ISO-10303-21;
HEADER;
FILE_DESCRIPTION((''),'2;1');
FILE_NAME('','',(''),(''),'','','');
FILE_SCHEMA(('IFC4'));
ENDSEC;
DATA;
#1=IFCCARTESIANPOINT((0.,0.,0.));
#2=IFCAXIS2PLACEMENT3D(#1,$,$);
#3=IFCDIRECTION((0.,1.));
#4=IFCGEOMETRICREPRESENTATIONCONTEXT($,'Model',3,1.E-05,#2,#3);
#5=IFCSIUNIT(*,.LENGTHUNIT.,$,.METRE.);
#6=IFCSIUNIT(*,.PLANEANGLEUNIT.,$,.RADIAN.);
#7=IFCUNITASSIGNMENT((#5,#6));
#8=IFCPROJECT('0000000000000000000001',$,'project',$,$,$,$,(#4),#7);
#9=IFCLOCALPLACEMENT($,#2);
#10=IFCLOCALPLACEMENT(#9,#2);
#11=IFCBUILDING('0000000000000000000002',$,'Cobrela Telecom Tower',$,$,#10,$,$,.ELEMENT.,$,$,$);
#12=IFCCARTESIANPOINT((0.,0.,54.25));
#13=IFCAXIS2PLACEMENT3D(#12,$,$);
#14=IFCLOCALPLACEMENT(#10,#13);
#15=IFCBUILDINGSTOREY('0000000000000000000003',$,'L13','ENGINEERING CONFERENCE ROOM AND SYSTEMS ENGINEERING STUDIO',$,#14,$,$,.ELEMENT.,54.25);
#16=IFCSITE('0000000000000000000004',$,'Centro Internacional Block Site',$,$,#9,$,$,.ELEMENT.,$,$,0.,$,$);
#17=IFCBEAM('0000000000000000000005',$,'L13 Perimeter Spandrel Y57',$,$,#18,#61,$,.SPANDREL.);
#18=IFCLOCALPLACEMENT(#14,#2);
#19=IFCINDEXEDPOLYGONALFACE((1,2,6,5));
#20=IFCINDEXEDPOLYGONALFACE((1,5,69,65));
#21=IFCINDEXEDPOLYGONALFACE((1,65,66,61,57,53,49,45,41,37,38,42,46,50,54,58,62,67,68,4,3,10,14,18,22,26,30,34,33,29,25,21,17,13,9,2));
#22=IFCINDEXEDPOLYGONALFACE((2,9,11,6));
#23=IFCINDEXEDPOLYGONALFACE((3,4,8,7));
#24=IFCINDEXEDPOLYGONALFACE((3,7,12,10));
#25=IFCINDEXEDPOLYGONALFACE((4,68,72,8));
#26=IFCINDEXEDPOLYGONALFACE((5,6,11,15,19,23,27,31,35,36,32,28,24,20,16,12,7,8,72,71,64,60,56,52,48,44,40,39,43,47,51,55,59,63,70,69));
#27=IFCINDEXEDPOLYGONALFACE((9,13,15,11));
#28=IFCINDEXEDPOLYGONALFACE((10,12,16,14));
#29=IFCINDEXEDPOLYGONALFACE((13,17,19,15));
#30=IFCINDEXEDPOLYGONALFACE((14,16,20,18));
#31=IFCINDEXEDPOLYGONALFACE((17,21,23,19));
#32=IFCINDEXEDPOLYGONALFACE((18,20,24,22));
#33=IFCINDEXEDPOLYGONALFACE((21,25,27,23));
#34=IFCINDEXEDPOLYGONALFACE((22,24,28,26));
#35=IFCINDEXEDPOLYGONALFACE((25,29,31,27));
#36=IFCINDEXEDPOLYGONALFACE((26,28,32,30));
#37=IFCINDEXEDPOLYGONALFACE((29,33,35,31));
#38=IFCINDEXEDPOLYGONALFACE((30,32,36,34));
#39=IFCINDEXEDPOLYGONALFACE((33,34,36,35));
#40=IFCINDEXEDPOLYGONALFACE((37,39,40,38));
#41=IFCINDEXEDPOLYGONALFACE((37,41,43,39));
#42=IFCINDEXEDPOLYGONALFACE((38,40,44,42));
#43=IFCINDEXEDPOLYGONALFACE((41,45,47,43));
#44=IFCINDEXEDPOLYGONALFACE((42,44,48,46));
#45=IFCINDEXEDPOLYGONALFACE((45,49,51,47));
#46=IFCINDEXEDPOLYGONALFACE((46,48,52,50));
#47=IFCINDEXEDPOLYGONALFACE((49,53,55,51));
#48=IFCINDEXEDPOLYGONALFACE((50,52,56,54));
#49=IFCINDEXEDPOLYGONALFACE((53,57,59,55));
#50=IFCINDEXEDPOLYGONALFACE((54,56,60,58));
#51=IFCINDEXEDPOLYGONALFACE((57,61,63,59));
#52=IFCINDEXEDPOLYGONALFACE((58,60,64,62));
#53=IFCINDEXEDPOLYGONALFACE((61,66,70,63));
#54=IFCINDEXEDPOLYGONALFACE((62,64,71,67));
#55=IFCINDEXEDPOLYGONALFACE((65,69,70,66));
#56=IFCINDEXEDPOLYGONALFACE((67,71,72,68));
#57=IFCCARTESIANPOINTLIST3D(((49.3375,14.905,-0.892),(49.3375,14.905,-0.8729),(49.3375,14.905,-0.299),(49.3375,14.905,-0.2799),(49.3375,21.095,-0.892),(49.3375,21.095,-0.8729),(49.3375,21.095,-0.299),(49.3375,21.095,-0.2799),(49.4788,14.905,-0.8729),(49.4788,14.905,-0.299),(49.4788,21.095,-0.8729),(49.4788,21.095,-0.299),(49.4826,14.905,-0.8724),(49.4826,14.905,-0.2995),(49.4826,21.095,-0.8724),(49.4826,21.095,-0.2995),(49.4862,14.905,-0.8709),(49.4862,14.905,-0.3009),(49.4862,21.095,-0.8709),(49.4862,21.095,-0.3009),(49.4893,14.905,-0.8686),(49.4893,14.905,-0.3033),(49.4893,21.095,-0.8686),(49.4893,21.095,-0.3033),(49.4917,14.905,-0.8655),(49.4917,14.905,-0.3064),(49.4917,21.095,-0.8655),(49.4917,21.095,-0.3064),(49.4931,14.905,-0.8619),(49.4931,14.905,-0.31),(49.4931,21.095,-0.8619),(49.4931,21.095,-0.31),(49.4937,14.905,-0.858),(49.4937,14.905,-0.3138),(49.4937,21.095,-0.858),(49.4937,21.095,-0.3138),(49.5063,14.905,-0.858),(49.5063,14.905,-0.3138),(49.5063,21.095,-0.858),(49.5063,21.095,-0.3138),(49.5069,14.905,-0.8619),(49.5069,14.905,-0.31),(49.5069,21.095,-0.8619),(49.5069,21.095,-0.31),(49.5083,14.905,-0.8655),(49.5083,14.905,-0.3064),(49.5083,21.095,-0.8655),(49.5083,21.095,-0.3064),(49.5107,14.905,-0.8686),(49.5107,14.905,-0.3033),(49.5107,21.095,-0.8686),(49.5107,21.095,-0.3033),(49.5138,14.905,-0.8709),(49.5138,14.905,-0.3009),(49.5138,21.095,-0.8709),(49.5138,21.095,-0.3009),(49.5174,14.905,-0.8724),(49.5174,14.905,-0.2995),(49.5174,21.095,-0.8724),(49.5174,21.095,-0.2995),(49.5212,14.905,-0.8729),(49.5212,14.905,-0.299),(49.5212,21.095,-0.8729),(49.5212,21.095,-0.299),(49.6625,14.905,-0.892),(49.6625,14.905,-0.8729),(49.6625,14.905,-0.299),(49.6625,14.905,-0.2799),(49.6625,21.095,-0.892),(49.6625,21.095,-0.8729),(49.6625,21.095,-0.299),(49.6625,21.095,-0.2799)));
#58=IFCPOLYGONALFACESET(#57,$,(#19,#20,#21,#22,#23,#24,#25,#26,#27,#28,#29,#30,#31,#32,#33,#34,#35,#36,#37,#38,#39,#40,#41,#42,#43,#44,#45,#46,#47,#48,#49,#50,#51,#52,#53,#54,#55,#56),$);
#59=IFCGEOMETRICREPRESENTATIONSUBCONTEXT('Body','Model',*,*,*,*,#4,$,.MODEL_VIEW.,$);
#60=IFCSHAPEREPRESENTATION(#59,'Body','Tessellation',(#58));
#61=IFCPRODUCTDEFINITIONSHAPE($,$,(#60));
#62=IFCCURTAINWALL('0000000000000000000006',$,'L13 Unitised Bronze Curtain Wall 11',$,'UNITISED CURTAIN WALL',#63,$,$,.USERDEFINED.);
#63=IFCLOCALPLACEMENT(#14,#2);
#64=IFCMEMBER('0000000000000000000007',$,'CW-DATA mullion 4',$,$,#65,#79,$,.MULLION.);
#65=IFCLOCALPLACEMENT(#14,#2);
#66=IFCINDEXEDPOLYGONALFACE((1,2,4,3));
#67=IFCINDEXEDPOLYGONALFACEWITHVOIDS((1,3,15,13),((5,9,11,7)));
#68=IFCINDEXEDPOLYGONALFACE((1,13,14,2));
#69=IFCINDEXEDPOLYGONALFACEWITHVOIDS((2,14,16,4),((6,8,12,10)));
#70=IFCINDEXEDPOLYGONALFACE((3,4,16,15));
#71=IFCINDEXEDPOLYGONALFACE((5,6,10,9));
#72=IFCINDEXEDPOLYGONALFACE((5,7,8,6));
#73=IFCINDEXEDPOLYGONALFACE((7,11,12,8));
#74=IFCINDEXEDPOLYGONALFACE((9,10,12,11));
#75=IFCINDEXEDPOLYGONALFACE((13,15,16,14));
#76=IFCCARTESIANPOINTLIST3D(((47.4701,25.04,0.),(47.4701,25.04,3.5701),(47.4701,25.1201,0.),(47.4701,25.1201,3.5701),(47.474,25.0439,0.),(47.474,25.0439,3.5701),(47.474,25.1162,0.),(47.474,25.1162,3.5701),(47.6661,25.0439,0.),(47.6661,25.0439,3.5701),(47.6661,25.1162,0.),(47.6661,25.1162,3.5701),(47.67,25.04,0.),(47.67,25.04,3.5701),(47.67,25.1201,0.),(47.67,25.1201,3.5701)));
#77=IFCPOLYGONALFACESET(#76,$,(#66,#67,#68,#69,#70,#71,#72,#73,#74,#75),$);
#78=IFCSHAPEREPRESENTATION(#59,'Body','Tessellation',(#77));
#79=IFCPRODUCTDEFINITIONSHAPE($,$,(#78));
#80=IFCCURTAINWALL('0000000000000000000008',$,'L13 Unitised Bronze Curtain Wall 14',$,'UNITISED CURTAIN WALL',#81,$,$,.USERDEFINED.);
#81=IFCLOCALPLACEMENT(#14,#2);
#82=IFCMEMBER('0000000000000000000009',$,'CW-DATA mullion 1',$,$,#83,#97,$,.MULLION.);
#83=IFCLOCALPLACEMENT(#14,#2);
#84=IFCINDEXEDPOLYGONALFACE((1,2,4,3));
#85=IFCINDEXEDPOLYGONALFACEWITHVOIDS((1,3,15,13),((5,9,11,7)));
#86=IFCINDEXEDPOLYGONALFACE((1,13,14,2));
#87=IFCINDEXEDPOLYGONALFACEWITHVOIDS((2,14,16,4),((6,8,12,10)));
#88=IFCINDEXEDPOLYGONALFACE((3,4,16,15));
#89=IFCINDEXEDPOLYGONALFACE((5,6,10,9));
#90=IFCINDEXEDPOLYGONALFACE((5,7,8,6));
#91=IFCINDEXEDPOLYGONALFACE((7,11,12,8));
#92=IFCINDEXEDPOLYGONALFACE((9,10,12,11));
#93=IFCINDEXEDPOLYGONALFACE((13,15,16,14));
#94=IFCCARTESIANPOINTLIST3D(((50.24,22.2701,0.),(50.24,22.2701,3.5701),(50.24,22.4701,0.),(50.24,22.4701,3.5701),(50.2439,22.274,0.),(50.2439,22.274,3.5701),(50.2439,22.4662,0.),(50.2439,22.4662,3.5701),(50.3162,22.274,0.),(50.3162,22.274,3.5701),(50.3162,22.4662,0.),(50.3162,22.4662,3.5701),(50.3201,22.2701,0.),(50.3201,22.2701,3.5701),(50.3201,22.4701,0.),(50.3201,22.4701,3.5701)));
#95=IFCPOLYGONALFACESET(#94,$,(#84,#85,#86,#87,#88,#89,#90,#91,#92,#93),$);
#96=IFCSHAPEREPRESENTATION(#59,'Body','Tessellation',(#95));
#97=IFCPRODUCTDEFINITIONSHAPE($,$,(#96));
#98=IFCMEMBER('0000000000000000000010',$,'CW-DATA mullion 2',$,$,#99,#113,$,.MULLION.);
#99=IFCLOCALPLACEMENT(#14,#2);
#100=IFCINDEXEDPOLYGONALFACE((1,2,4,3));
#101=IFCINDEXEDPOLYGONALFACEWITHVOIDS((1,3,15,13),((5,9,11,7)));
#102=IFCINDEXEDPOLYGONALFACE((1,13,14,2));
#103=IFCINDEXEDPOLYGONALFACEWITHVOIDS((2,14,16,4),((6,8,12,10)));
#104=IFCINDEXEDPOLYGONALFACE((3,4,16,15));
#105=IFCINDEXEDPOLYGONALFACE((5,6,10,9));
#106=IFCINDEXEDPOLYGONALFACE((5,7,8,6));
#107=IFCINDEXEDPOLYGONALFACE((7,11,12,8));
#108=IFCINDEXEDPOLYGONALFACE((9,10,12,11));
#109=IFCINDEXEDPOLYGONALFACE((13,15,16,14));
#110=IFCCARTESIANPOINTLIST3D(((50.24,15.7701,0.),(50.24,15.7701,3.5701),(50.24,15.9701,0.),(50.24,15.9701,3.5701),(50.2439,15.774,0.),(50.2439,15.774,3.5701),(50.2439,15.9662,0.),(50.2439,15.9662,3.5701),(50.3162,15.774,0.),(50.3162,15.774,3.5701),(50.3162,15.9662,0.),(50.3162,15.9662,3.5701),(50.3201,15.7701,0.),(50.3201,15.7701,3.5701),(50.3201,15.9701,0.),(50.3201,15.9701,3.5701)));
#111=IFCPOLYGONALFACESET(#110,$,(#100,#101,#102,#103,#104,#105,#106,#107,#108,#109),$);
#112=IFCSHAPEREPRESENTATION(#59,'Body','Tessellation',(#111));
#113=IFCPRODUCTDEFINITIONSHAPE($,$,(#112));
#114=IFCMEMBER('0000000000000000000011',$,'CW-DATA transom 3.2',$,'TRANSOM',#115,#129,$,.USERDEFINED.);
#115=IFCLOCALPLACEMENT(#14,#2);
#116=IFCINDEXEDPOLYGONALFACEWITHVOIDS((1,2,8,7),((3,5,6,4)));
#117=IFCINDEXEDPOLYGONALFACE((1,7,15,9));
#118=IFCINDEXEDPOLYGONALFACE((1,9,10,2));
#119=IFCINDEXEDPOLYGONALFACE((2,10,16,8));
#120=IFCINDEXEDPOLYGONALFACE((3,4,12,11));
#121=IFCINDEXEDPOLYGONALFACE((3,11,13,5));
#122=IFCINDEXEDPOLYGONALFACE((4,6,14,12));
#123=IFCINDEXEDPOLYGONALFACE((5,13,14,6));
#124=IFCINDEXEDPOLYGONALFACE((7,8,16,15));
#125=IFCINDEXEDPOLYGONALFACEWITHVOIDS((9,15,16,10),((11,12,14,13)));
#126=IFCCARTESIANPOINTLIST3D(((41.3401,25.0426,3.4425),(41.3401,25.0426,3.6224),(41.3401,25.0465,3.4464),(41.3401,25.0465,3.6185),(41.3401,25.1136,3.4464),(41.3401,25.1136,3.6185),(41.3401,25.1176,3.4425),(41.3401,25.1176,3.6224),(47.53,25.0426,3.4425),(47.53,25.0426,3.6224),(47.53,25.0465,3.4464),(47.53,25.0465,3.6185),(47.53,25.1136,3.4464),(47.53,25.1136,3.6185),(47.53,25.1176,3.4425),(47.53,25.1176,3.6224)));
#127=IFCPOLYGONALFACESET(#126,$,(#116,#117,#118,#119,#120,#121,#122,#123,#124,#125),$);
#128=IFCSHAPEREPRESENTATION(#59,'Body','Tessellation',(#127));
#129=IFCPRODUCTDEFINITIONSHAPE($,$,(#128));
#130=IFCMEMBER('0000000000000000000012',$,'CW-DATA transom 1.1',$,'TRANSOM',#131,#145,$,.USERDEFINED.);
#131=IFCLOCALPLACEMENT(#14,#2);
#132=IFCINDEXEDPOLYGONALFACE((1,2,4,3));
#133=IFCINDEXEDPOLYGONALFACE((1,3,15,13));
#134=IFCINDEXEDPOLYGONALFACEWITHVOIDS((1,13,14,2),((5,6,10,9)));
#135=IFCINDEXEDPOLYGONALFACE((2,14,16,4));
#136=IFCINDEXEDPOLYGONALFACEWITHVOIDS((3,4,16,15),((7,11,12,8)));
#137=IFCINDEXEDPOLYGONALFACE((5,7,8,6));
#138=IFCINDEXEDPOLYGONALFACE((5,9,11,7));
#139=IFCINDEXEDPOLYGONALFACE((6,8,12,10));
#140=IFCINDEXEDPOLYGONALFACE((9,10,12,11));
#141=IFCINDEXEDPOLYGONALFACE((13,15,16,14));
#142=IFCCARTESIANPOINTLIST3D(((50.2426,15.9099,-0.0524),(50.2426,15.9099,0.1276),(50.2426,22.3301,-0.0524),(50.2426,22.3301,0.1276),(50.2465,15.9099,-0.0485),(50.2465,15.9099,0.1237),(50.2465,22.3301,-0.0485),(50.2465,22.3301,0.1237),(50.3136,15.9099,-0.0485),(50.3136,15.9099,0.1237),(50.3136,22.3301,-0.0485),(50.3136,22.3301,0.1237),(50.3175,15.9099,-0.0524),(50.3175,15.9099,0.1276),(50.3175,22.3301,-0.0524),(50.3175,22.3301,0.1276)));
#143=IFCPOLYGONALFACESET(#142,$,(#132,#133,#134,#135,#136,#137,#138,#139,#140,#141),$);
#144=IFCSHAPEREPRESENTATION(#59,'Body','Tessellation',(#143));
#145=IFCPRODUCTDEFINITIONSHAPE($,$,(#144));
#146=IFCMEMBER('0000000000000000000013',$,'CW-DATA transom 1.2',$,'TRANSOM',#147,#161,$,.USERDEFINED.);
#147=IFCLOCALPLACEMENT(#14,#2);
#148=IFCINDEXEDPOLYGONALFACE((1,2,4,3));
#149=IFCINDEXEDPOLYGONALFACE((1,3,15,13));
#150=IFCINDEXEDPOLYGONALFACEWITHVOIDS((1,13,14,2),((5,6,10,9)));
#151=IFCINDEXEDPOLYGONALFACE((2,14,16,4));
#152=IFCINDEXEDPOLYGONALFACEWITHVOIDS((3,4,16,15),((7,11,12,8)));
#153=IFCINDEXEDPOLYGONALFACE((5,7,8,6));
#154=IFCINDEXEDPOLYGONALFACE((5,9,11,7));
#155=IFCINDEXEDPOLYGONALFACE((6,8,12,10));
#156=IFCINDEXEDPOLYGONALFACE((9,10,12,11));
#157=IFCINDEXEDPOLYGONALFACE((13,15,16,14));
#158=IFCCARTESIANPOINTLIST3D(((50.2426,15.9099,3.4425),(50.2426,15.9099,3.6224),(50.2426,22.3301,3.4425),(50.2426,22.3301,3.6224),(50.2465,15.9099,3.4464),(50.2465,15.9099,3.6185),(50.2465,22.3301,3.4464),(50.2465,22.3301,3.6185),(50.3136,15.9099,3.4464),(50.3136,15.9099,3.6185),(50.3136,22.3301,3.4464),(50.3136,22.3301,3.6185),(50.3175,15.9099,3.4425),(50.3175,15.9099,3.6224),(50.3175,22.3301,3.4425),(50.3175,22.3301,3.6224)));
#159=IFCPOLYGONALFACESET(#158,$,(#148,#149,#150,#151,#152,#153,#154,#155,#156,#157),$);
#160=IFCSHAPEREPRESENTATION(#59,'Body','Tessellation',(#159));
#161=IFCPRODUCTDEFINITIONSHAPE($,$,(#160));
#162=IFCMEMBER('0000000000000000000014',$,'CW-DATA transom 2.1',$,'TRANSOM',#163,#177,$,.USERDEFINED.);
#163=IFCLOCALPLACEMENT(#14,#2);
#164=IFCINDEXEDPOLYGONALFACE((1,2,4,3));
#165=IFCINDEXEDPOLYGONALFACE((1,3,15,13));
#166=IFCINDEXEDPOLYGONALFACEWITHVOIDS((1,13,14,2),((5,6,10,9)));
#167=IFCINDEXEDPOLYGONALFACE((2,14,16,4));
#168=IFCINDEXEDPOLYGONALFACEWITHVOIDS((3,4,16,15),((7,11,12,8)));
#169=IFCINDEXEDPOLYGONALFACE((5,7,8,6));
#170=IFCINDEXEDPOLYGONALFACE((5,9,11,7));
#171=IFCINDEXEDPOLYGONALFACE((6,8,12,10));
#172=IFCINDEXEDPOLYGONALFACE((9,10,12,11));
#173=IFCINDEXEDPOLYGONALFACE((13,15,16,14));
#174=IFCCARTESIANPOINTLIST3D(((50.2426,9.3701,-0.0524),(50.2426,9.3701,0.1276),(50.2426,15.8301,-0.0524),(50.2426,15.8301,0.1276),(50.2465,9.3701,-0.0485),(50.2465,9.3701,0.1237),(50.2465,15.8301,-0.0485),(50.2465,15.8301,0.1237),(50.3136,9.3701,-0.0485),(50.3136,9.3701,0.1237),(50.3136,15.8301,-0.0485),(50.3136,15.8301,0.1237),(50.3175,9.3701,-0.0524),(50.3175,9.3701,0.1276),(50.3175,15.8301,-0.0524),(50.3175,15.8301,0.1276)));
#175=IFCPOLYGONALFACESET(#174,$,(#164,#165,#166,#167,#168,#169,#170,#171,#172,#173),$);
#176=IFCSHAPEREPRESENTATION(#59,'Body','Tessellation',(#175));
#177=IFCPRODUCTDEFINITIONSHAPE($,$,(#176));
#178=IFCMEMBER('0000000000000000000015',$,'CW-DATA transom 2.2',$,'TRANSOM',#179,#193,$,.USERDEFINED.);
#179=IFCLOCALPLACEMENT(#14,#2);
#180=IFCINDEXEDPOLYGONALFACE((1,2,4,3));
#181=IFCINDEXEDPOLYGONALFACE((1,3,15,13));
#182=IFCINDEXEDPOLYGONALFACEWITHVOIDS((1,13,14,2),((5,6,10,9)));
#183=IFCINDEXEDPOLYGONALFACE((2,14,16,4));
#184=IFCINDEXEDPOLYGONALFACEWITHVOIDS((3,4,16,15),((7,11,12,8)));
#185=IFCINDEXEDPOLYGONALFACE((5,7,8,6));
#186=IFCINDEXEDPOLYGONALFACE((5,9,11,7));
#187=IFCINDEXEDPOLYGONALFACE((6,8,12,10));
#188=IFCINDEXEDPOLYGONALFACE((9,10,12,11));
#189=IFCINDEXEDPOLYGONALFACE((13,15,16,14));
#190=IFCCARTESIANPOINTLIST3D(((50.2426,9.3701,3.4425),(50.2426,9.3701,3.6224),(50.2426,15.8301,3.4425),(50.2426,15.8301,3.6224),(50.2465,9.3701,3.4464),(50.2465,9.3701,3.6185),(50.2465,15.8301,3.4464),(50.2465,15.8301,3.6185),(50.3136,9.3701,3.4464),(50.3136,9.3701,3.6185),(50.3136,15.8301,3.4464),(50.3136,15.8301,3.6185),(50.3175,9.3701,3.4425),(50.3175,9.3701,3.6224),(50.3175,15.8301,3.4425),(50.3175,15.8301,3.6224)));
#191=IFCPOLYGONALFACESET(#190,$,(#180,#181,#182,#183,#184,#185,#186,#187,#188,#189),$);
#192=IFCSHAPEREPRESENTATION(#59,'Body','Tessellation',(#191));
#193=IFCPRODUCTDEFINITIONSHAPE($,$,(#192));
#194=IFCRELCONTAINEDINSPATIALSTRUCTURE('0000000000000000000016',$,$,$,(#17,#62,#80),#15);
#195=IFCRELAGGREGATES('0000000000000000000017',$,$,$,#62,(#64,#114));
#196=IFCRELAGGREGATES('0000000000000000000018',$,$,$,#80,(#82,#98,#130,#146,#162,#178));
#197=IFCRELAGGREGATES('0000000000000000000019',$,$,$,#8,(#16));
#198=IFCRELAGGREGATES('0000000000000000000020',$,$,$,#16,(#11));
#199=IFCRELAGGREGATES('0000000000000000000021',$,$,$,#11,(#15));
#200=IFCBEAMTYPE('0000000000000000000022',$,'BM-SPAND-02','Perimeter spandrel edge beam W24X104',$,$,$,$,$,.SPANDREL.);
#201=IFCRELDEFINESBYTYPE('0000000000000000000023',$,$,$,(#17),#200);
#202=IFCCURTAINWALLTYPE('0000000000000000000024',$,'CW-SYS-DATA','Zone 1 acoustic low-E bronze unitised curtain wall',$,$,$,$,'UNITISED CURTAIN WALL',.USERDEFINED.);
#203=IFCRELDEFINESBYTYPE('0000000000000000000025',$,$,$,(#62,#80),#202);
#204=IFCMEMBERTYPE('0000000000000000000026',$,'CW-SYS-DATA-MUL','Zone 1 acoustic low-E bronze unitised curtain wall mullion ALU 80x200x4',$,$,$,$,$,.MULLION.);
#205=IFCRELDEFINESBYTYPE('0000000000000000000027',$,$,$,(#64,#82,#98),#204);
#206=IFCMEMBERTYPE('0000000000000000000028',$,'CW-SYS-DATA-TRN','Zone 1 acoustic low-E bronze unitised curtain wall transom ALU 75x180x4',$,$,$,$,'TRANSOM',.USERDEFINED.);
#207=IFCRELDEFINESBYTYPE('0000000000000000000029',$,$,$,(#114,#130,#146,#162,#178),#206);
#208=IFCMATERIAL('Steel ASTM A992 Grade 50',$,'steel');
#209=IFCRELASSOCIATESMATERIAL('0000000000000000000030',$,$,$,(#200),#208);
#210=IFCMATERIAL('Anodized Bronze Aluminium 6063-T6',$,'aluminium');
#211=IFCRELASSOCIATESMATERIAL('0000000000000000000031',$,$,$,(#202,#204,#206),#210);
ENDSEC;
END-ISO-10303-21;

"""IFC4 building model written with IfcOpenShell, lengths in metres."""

from ifc_helpers import new_model, si_unit, direction, frame, origin, origin_2d, place, context, subcontext, project, spatial, hollow_rectangle, i_section, extrude, material, material_profile, profile_set, type_object, element, aggregate, save


model = new_model("IFC4")

# Units and contexts
model_context = context("Model", 3, precision=1e-05, world=origin(), true_north=direction((0.0, 1.0)))
body_context = subcontext(model_context, "Body", "Model", "MODEL_VIEW")
ifc_project = project(units=[si_unit("LENGTHUNIT", "METRE"), si_unit("PLANEANGLEUNIT", "RADIAN")], contexts=[model_context])

# Site, building, storey
site_placement = place(None, origin())
site = spatial("IfcSite", under=ifc_project, at=site_placement, Name="Centro Internacional Block Site", CompositionType="ELEMENT", RefElevation=0.0)
building_placement = place(site_placement, origin())
building = spatial("IfcBuilding", under=site, at=building_placement, Name="Cobrela Telecom Tower", CompositionType="ELEMENT")
storey_placement = place(building_placement, frame((0.0, 0.0, 54.25)))
storey = spatial("IfcBuildingStorey", under=building, at=storey_placement, Name="L13", Description="ENGINEERING CONFERENCE ROOM AND SYSTEMS ENGINEERING STUDIO", CompositionType="ELEMENT", Elevation=54.25)

# Shared definitions
ifc_material_1 = material(Name="Steel ASTM A992 Grade 50", Category="steel")

# Beam
ifc_material_profile_1 = material_profile(ifc_material_1, i_section(OverallWidth=0.325, OverallDepth=0.6121, WebThickness=0.0127, FlangeThickness=0.019, FilletRadius=0.0149, at=origin_2d()), Name="W24X104")
ifc_profile_set_1 = profile_set([ifc_material_profile_1], Name="Steel ASTM A992 Grade 50")
beam_type_1 = type_object("IfcBeamType", Name="BM-SPAND-02", Description="Perimeter spandrel edge beam W24X104", PredefinedType="SPANDREL", material=ifc_profile_set_1)
beam_1_placement = place(storey_placement, frame((49.5, 14.905, -0.5859), z_axis=(0.0, 1.0, 0.0), x_axis=(-1.0, 0.0, 0.0)))
element("IfcBeam", 1, at=beam_1_placement, inside=storey, type_object=beam_type_1, Name="L13 Perimeter Spandrel Y57", PredefinedType="SPANDREL", context=body_context, shape_type="SweptSolid", body=[
    extrude(i_section(OverallWidth=0.325, OverallDepth=0.6121, WebThickness=0.0127, FlangeThickness=0.019, FilletRadius=0.0149, at=origin_2d()), origin(), (0.0, 0.0, 1.0), 6.1899),
])

# Curtain wall, member
ifc_material_2 = material(Name="Anodized Bronze Aluminium 6063-T6", Category="aluminium")
curtain_wall_type = type_object("IfcCurtainWallType", Name="CW-SYS-DATA", Description="Zone 1 acoustic low-E bronze unitised curtain wall", ElementType="UNITISED CURTAIN WALL", PredefinedType="USERDEFINED", material=ifc_material_2)
curtain_wall_1_placement = place(storey_placement, origin())
curtain_wall_1 = element("IfcCurtainWall", 2, at=curtain_wall_1_placement, inside=storey, type_object=curtain_wall_type, Name="L13 Unitised Bronze Curtain Wall 11", ObjectType="UNITISED CURTAIN WALL", PredefinedType="USERDEFINED")
ifc_material_profile_2 = material_profile(ifc_material_2, hollow_rectangle(XDim=0.0801, YDim=0.2, WallThickness=0.0039, at=origin_2d()), Name="ALU 80x200x4")
ifc_profile_set_2 = profile_set([ifc_material_profile_2], Name="Anodized Bronze Aluminium 6063-T6")
member_type_1 = type_object("IfcMemberType", Name="CW-SYS-DATA-MUL", Description="Zone 1 acoustic low-E bronze unitised curtain wall mullion ALU 80x200x4", PredefinedType="MULLION", material=ifc_profile_set_2)
member_1_placement = place(storey_placement, frame((47.5701, 25.0801, 0.0), z_axis=(0.0, 0.0, 1.0), x_axis=(0.0, 1.0, 0.0)))
member_1 = element("IfcMember", 3, at=member_1_placement, type_object=member_type_1, Name="CW-DATA mullion 4", PredefinedType="MULLION", context=body_context, shape_type="SweptSolid", body=[
    extrude(hollow_rectangle(XDim=0.0801, YDim=0.2, WallThickness=0.0039, at=origin_2d()), origin(), (0.0, 0.0, 1.0), 3.5701),
])

# Curtain wall, members
curtain_wall_2_placement = place(storey_placement, origin())
curtain_wall_2 = element("IfcCurtainWall", 4, at=curtain_wall_2_placement, inside=storey, type_object=curtain_wall_type, Name="L13 Unitised Bronze Curtain Wall 14", ObjectType="UNITISED CURTAIN WALL", PredefinedType="USERDEFINED")
member_2_placement = place(storey_placement, frame((50.28, 22.3701, 0.0), z_axis=(0.0, 0.0, 1.0), x_axis=(1.0, 0.0, 0.0)))
member_2 = element("IfcMember", 5, at=member_2_placement, type_object=member_type_1, Name="CW-DATA mullion 1", PredefinedType="MULLION", context=body_context, shape_type="SweptSolid", body=[
    extrude(hollow_rectangle(XDim=0.0801, YDim=0.2, WallThickness=0.0039, at=origin_2d()), origin(), (0.0, 0.0, 1.0), 3.5701),
])
member_3_placement = place(storey_placement, frame((50.28, 15.8701, 0.0), z_axis=(0.0, 0.0, 1.0), x_axis=(1.0, 0.0, 0.0)))
member_3 = element("IfcMember", 6, at=member_3_placement, type_object=member_type_1, Name="CW-DATA mullion 2", PredefinedType="MULLION", context=body_context, shape_type="SweptSolid", body=[
    extrude(hollow_rectangle(XDim=0.0801, YDim=0.2, WallThickness=0.0039, at=origin_2d()), origin(), (0.0, 0.0, 1.0), 3.5701),
])

# Members
ifc_material_profile_3 = material_profile(ifc_material_2, hollow_rectangle(XDim=0.075, YDim=0.1799, WallThickness=0.0039, at=origin_2d()), Name="ALU 75x180x4")
ifc_profile_set_3 = profile_set([ifc_material_profile_3], Name="Anodized Bronze Aluminium 6063-T6")
member_type_2 = type_object("IfcMemberType", Name="CW-SYS-DATA-TRN", Description="Zone 1 acoustic low-E bronze unitised curtain wall transom ALU 75x180x4", ElementType="TRANSOM", PredefinedType="USERDEFINED", material=ifc_profile_set_3)
member_4_placement = place(storey_placement, frame((41.3401, 25.0801, 3.5325), z_axis=(1.0, 0.0, 0.0), x_axis=(0.0, 1.0, 0.0)))
member_4 = element("IfcMember", 7, at=member_4_placement, type_object=member_type_2, Name="CW-DATA transom 3.2", ObjectType="TRANSOM", PredefinedType="USERDEFINED", context=body_context, shape_type="SweptSolid", body=[
    extrude(hollow_rectangle(XDim=0.075, YDim=0.1799, WallThickness=0.0039, at=origin_2d()), origin(), (0.0, 0.0, 1.0), 6.1899),
])
member_5_placement = place(storey_placement, frame((50.28, 22.3301, 0.0376), z_axis=(0.0, -1.0, 0.0), x_axis=(1.0, 0.0, 0.0)))
member_5 = element("IfcMember", 8, at=member_5_placement, type_object=member_type_2, Name="CW-DATA transom 1.1", ObjectType="TRANSOM", PredefinedType="USERDEFINED", context=body_context, shape_type="SweptSolid", body=[
    extrude(hollow_rectangle(XDim=0.075, YDim=0.1799, WallThickness=0.0039, at=origin_2d()), origin(), (0.0, 0.0, 1.0), 6.4202),
])
member_6_placement = place(storey_placement, frame((50.28, 22.3301, 3.5325), z_axis=(0.0, -1.0, 0.0), x_axis=(1.0, 0.0, 0.0)))
member_6 = element("IfcMember", 9, at=member_6_placement, type_object=member_type_2, Name="CW-DATA transom 1.2", ObjectType="TRANSOM", PredefinedType="USERDEFINED", context=body_context, shape_type="SweptSolid", body=[
    extrude(hollow_rectangle(XDim=0.075, YDim=0.1799, WallThickness=0.0039, at=origin_2d()), origin(), (0.0, 0.0, 1.0), 6.4202),
])
member_7_placement = place(storey_placement, frame((50.28, 15.8301, 0.0376), z_axis=(0.0, -1.0, 0.0), x_axis=(1.0, 0.0, 0.0)))
member_7 = element("IfcMember", 10, at=member_7_placement, type_object=member_type_2, Name="CW-DATA transom 2.1", ObjectType="TRANSOM", PredefinedType="USERDEFINED", context=body_context, shape_type="SweptSolid", body=[
    extrude(hollow_rectangle(XDim=0.075, YDim=0.1799, WallThickness=0.0039, at=origin_2d()), origin(), (0.0, 0.0, 1.0), 6.46),
])
member_8_placement = place(storey_placement, frame((50.28, 15.8301, 3.5325), z_axis=(0.0, -1.0, 0.0), x_axis=(1.0, 0.0, 0.0)))
member_8 = element("IfcMember", 11, at=member_8_placement, type_object=member_type_2, Name="CW-DATA transom 2.2", ObjectType="TRANSOM", PredefinedType="USERDEFINED", context=body_context, shape_type="SweptSolid", body=[
    extrude(hollow_rectangle(XDim=0.075, YDim=0.1799, WallThickness=0.0039, at=origin_2d()), origin(), (0.0, 0.0, 1.0), 6.46),
])

aggregate(curtain_wall_1, [member_1, member_4])
aggregate(curtain_wall_2, [member_2, member_3, member_5, member_6, member_7, member_8])

save(model, "model.ifc")
